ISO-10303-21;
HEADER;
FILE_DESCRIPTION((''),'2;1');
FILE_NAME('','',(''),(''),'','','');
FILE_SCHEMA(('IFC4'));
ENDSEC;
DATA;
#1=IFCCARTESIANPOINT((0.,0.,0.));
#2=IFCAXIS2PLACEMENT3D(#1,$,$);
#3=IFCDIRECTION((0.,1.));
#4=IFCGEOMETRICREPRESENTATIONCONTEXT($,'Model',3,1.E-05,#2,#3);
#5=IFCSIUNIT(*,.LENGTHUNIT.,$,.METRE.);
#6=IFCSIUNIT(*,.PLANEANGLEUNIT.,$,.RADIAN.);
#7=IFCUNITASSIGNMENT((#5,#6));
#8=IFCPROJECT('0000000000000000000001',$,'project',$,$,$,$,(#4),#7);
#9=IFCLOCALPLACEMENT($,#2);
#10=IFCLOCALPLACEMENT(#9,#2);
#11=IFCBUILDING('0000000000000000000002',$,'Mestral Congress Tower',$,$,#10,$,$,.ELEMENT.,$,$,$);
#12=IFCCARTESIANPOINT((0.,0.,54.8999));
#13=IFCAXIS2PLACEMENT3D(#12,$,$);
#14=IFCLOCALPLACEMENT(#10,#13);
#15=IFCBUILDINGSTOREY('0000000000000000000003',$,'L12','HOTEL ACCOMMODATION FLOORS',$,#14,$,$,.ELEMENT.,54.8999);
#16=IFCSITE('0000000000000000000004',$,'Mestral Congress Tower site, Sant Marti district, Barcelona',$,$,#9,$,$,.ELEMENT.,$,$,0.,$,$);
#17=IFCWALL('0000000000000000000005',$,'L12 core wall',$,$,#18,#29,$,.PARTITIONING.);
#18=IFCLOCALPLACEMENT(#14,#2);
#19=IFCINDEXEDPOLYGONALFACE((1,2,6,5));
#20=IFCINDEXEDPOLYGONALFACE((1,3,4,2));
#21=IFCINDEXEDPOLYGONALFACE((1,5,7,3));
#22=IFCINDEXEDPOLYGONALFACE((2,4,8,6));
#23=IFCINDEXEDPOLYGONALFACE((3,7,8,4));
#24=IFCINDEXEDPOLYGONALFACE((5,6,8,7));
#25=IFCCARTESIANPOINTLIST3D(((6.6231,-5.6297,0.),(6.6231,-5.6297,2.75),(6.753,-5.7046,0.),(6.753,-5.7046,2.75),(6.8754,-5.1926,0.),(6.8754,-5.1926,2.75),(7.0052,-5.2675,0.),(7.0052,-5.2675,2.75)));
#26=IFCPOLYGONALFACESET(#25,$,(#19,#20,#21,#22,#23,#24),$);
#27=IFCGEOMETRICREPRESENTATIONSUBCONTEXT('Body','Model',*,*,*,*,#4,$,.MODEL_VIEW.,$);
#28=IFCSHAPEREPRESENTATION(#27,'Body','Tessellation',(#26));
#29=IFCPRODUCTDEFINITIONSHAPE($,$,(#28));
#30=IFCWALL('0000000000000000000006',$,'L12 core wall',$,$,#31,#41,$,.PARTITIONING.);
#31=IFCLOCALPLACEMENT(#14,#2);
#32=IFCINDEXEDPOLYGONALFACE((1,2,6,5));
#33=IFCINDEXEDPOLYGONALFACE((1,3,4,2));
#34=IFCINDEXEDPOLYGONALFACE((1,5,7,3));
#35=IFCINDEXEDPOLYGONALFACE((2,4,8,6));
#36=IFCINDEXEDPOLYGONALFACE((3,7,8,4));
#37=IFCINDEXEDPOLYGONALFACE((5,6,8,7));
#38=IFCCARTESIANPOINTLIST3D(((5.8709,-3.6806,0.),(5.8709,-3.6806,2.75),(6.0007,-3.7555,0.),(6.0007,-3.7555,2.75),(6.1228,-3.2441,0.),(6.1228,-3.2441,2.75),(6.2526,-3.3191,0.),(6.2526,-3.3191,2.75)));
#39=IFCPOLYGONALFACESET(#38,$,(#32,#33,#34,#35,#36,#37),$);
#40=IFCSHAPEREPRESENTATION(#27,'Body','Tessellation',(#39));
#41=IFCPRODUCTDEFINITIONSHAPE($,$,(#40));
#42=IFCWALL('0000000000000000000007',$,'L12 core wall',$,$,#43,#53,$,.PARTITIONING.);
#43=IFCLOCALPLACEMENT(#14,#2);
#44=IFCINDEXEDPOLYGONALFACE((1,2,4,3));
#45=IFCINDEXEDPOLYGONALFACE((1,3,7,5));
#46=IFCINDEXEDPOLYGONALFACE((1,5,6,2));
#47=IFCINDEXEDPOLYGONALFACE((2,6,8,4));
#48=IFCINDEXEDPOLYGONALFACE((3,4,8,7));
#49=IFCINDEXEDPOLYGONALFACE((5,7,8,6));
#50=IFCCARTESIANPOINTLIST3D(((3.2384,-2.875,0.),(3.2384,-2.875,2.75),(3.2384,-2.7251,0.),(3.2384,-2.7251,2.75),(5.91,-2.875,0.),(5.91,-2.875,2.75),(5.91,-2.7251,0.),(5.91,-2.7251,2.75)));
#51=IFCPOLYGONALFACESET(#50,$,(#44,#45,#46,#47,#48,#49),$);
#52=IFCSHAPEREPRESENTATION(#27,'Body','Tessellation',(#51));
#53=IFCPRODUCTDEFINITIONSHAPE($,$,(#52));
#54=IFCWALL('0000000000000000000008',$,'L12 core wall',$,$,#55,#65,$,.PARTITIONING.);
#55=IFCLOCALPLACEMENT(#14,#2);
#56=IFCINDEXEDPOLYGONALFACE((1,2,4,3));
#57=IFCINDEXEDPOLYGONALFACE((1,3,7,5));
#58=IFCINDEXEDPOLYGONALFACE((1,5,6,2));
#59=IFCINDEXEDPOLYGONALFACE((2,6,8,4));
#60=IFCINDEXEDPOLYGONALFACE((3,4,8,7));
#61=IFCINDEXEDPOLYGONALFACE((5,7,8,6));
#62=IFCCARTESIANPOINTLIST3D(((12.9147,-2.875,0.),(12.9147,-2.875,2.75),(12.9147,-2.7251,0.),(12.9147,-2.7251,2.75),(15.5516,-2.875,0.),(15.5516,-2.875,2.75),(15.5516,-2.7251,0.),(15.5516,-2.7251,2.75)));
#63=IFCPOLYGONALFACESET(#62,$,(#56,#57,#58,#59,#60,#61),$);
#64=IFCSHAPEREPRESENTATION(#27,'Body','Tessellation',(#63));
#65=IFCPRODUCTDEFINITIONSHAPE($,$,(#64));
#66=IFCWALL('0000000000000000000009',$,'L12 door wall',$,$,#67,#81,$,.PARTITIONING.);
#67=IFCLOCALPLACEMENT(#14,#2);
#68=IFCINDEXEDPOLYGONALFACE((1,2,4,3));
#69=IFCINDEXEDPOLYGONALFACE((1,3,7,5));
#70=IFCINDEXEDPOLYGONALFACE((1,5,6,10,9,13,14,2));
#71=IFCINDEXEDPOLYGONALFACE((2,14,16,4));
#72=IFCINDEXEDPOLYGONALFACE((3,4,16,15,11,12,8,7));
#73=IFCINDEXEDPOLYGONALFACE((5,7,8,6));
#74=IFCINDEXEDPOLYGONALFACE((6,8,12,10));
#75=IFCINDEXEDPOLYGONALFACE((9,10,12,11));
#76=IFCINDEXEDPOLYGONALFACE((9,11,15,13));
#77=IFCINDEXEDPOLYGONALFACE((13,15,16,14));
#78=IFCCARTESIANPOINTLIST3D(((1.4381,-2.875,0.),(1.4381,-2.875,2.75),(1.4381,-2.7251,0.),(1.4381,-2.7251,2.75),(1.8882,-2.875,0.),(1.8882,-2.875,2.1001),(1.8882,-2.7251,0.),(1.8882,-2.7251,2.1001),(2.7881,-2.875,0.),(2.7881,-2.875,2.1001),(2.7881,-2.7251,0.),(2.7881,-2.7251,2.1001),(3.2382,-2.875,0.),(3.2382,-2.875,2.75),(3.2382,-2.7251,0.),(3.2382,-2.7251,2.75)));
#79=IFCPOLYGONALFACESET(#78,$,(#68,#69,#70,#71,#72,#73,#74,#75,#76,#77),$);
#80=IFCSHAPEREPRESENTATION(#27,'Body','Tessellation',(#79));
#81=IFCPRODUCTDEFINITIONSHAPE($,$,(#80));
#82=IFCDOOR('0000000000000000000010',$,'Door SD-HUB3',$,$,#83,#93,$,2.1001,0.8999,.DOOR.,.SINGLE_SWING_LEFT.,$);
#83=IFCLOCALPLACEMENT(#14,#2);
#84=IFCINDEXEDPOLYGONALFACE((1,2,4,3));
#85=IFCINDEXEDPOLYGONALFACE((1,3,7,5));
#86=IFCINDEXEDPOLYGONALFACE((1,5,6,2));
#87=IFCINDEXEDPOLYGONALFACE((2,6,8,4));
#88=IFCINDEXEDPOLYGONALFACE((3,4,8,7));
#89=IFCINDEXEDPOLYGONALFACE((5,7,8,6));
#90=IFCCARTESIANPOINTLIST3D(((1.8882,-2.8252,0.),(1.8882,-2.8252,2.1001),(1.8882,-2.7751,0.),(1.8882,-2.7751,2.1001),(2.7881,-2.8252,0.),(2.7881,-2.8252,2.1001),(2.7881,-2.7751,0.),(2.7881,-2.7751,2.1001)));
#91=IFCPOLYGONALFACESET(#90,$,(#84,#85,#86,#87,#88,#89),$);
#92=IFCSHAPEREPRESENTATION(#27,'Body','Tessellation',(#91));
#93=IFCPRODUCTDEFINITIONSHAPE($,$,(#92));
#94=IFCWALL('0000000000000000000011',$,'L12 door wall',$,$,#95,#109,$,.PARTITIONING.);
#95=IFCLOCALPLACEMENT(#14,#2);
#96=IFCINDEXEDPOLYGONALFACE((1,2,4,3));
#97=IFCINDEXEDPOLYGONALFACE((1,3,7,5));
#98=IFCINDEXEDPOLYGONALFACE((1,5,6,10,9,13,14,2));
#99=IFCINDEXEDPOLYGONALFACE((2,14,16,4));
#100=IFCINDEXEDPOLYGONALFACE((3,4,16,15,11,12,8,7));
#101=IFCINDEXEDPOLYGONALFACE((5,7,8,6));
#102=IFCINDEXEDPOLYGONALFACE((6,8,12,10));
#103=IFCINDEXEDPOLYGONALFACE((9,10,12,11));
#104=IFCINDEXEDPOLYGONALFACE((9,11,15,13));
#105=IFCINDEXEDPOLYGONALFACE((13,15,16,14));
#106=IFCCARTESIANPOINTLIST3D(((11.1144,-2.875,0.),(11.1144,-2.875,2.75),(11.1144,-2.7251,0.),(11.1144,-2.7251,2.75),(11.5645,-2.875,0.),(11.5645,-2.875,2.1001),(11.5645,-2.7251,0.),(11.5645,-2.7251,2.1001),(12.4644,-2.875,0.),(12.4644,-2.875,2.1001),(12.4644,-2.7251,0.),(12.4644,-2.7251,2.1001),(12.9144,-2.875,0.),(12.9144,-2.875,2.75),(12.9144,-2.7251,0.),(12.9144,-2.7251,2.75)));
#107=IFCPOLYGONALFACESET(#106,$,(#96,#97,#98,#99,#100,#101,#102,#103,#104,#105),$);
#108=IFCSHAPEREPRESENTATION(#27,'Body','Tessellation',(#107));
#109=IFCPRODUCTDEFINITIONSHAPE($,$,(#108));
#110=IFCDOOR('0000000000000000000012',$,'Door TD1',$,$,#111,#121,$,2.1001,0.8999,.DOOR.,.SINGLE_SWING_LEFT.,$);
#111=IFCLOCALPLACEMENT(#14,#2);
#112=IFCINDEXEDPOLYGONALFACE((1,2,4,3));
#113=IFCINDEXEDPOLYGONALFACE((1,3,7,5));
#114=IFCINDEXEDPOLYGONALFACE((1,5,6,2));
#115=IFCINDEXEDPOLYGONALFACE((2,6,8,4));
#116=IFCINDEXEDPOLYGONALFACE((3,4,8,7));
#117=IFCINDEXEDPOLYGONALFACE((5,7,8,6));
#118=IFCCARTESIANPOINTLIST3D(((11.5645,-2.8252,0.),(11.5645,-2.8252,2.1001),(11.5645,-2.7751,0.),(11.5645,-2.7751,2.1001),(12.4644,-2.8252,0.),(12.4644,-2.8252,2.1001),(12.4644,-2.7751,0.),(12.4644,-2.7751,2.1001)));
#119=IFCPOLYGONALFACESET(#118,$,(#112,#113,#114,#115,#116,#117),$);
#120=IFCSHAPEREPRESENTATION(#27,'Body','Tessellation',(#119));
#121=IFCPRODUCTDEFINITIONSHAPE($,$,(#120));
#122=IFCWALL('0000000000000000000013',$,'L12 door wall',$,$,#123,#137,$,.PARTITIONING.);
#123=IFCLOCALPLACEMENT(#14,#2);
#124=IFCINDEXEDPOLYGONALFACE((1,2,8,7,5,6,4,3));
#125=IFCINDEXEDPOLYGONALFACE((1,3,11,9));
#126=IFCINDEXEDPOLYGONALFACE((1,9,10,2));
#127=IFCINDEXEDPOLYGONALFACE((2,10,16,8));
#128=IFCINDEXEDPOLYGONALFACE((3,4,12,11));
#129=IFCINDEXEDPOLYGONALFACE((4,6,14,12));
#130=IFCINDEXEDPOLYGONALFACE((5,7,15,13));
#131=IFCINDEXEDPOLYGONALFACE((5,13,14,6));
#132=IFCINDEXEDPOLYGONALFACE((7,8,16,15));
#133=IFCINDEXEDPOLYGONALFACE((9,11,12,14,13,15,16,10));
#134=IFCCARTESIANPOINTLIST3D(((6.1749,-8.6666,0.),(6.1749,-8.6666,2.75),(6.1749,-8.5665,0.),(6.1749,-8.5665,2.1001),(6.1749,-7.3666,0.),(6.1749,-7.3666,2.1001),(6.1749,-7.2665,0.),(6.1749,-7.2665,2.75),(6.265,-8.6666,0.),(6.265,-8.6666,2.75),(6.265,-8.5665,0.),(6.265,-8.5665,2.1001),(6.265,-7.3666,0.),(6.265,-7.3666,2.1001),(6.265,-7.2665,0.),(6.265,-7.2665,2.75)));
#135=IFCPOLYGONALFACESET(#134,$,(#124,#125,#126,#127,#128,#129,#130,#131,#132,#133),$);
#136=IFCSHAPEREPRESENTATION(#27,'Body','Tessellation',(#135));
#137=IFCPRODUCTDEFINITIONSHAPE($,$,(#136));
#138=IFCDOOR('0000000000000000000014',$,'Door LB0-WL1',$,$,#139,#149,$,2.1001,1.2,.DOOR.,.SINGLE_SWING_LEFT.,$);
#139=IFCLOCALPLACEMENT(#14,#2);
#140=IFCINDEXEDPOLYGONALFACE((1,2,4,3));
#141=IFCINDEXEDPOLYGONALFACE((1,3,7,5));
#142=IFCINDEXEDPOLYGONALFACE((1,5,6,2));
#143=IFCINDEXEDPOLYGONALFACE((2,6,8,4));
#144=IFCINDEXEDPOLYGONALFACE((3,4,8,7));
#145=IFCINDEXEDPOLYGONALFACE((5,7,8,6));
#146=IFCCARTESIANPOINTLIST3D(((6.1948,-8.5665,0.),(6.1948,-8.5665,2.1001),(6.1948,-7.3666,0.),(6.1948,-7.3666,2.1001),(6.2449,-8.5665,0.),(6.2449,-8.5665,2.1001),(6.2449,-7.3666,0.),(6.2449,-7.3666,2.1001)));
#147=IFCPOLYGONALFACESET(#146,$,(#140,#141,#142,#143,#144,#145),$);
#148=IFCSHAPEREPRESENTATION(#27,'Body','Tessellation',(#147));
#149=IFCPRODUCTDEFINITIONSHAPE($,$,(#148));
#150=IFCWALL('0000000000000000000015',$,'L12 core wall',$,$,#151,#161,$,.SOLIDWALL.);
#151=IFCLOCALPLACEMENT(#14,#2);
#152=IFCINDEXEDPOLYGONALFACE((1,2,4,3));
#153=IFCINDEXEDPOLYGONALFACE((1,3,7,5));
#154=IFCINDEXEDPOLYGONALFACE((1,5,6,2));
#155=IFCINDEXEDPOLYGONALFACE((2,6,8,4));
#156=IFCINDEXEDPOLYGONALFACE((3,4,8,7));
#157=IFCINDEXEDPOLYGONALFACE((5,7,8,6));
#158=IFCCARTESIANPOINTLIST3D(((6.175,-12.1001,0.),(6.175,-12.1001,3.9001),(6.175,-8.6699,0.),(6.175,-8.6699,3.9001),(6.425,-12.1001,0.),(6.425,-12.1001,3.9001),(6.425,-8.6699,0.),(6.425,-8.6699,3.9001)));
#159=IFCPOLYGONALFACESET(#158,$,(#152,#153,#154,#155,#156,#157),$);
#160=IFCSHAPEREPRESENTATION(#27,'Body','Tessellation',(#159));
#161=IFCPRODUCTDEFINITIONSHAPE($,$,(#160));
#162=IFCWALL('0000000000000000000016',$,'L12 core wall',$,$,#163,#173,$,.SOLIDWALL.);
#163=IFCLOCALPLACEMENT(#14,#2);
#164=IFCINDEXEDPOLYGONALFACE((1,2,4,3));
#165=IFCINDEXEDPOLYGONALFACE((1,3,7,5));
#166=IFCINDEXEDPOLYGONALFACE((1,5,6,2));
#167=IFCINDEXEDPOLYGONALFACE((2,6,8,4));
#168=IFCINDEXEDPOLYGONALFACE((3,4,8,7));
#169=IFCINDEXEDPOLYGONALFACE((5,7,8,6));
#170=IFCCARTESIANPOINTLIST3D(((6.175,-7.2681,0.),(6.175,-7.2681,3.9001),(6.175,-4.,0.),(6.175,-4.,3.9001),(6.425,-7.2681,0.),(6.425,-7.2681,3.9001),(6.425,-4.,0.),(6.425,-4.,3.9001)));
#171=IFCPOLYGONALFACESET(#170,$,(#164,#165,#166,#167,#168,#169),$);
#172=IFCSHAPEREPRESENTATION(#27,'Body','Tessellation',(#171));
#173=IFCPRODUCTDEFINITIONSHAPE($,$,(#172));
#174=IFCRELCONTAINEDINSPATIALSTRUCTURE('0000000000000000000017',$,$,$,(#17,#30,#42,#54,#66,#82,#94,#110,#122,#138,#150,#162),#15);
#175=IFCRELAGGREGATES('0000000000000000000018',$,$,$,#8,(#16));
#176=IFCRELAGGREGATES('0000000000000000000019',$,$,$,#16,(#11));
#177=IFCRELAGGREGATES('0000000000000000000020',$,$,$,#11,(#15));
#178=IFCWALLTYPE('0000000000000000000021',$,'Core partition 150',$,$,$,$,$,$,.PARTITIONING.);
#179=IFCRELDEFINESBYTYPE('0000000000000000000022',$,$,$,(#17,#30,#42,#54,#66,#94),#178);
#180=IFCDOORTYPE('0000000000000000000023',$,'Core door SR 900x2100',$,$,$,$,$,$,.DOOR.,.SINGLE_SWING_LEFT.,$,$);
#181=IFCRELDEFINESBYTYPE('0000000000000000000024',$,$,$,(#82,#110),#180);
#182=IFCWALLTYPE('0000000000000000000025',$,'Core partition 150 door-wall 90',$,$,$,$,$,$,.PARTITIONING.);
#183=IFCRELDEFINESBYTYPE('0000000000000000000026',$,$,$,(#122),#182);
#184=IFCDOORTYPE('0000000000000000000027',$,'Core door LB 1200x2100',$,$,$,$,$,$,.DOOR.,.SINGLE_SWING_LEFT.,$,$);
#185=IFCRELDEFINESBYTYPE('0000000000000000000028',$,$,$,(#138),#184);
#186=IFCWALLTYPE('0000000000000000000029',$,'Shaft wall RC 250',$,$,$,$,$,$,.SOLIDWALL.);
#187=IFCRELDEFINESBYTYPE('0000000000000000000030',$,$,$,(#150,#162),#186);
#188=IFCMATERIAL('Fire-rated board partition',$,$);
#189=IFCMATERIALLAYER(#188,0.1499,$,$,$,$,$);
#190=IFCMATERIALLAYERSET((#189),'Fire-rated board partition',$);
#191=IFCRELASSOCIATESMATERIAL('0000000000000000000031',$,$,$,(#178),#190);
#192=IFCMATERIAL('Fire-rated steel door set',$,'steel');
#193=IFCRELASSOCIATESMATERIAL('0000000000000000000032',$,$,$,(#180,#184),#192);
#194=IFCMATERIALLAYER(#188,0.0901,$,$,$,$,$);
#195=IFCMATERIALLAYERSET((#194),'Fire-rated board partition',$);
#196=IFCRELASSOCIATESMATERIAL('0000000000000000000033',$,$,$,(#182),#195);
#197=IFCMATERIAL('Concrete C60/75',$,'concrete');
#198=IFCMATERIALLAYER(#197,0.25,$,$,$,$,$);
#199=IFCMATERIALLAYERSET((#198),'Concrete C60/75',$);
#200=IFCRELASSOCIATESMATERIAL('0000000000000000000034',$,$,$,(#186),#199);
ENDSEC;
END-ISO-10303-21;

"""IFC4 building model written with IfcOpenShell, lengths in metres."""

from ifc_helpers import new_model, si_unit, direction, frame, frame_2d, origin, place, context, subcontext, project, spatial, rectangle, extrude, material, layer, layer_set, type_object, element, fill, save


model = new_model("IFC4")

# Units and contexts
model_context = context("Model", 3, precision=1e-05, world=origin(), true_north=direction((0.0, 1.0)))
body_context = subcontext(model_context, "Body", "Model", "MODEL_VIEW")
ifc_project = project(units=[si_unit("LENGTHUNIT", "METRE"), si_unit("PLANEANGLEUNIT", "RADIAN")], contexts=[model_context])

# Site, building, storey
site_placement = place(None, origin())
site = spatial("IfcSite", under=ifc_project, at=site_placement, Name="Mestral Congress Tower site, Sant Marti district, Barcelona", CompositionType="ELEMENT", RefElevation=0.0)
building_placement = place(site_placement, origin())
building = spatial("IfcBuilding", under=site, at=building_placement, Name="Mestral Congress Tower", CompositionType="ELEMENT")
storey_placement = place(building_placement, frame((0.0, 0.0, 54.8999)))
storey = spatial("IfcBuildingStorey", under=building, at=storey_placement, Name="L12", Description="HOTEL ACCOMMODATION FLOORS", CompositionType="ELEMENT", Elevation=54.8999)

# Walls
ifc_material_1 = material(Name="Fire-rated board partition")
ifc_layer_1 = layer(ifc_material_1, 0.1499)
ifc_layer_set_1 = layer_set([ifc_layer_1], Name="Fire-rated board partition")
wall_type_1 = type_object("IfcWallType", Name="Core partition 150", PredefinedType="PARTITIONING", material=ifc_layer_set_1)
wall_1_placement = place(storey_placement, frame((6.688, -5.6672, 0.0), z_axis=(0.0, 0.0, 1.0), x_axis=(0.499834, 0.866121, 0.0)))
element("IfcWall", 1, at=wall_1_placement, inside=storey, type_object=wall_type_1, Name="L12 core wall", PredefinedType="PARTITIONING", context=body_context, shape_type="SweptSolid", body=[
    extrude(rectangle(XDim=0.5046, YDim=0.1499, at=frame_2d((0.2524, 0.0))), origin(), (0.0, 0.0, 1.0), 2.75),
])
wall_2_placement = place(storey_placement, frame((5.9358, -3.718, 0.0), z_axis=(0.0, 0.0, 1.0), x_axis=(0.49989, 0.866089, 0.0)))
element("IfcWall", 2, at=wall_2_placement, inside=storey, type_object=wall_type_1, Name="L12 core wall", PredefinedType="PARTITIONING", context=body_context, shape_type="SweptSolid", body=[
    extrude(rectangle(XDim=0.5039, YDim=0.1499, at=frame_2d((0.252, 0.0))), origin(), (0.0, 0.0, 1.0), 2.75),
])
wall_3_placement = place(storey_placement, frame((3.2383, -2.8, 0.0), z_axis=(0.0, 0.0, 1.0), x_axis=(1.0, 0.0, 0.0)))
element("IfcWall", 3, at=wall_3_placement, inside=storey, type_object=wall_type_1, Name="L12 core wall", PredefinedType="PARTITIONING", context=body_context, shape_type="SweptSolid", body=[
    extrude(rectangle(XDim=2.6716, YDim=0.1499, at=frame_2d((1.3359, 0.0))), origin(), (0.0, 0.0, 1.0), 2.75),
])
wall_4_placement = place(storey_placement, frame((12.9148, -2.8, 0.0), z_axis=(0.0, 0.0, 1.0), x_axis=(1.0, 0.0, 0.0)))
element("IfcWall", 4, at=wall_4_placement, inside=storey, type_object=wall_type_1, Name="L12 core wall", PredefinedType="PARTITIONING", context=body_context, shape_type="SweptSolid", body=[
    extrude(rectangle(XDim=2.637, YDim=0.1499, at=frame_2d((1.3184, 0.0))), origin(), (0.0, 0.0, 1.0), 2.75),
])

# Walls, openings, doors
wall_5_placement = place(storey_placement, frame((1.4382, -2.8, 0.0), z_axis=(0.0, 0.0, 1.0), x_axis=(1.0, 0.0, 0.0)))
wall_5 = element("IfcWall", 5, at=wall_5_placement, inside=storey, type_object=wall_type_1, Name="L12 door wall", PredefinedType="PARTITIONING", context=body_context, shape_type="SweptSolid", body=[
    extrude(rectangle(XDim=1.8, YDim=0.1499, at=frame_2d((0.8999, 0.0))), origin(), (0.0, 0.0, 1.0), 2.75),
])
opening_1_placement = place(wall_5_placement, frame((0.45, 0.0, 0.0)))
opening_1 = element("IfcOpeningElement", 6, at=opening_1_placement, cuts=wall_5, PredefinedType="OPENING", context=body_context, shape_type="SweptSolid", body=[
    extrude(rectangle(XDim=0.8999, YDim=2.1001, at=frame_2d((0.45, 1.05))), frame((0.0, 0.085, 0.0), z_axis=(0.0, -1.0, 0.0), x_axis=(1.0, 0.0, 0.0)), (0.0, 0.0, 1.0), 0.1699),
])
ifc_material_2 = material(Name="Fire-rated steel door set", Category="steel")
door_type_1 = type_object("IfcDoorType", Name="Core door SR 900x2100", OperationType="SINGLE_SWING_LEFT", PredefinedType="DOOR", material=ifc_material_2)
door_1_placement = place(opening_1_placement, origin())
door_1 = element("IfcDoor", 7, at=door_1_placement, inside=storey, type_object=door_type_1, Name="Door SD-HUB3", OperationType="SINGLE_SWING_LEFT", OverallHeight=2.1001, OverallWidth=0.8999, PredefinedType="DOOR", context=body_context, shape_type="SweptSolid", body=[
    extrude(rectangle(XDim=0.8999, YDim=2.1001, at=frame_2d((0.45, 1.05))), frame((0.0, 0.0249, 0.0), z_axis=(0.0, -1.0, 0.0), x_axis=(1.0, 0.0, 0.0)), (0.0, 0.0, 1.0), 0.05),
])
fill(opening_1, door_1)
wall_6_placement = place(storey_placement, frame((11.1145, -2.8, 0.0), z_axis=(0.0, 0.0, 1.0), x_axis=(1.0, 0.0, 0.0)))
wall_6 = element("IfcWall", 8, at=wall_6_placement, inside=storey, type_object=wall_type_1, Name="L12 door wall", PredefinedType="PARTITIONING", context=body_context, shape_type="SweptSolid", body=[
    extrude(rectangle(XDim=1.8, YDim=0.1499, at=frame_2d((0.8999, 0.0))), origin(), (0.0, 0.0, 1.0), 2.75),
])
opening_2_placement = place(wall_6_placement, frame((0.45, 0.0, 0.0)))
opening_2 = element("IfcOpeningElement", 9, at=opening_2_placement, cuts=wall_6, PredefinedType="OPENING", context=body_context, shape_type="SweptSolid", body=[
    extrude(rectangle(XDim=0.8999, YDim=2.1001, at=frame_2d((0.45, 1.05))), frame((0.0, 0.085, 0.0), z_axis=(0.0, -1.0, 0.0), x_axis=(1.0, 0.0, 0.0)), (0.0, 0.0, 1.0), 0.1699),
])
door_2_placement = place(opening_2_placement, origin())
door_2 = element("IfcDoor", 10, at=door_2_placement, inside=storey, type_object=door_type_1, Name="Door TD1", OperationType="SINGLE_SWING_LEFT", OverallHeight=2.1001, OverallWidth=0.8999, PredefinedType="DOOR", context=body_context, shape_type="SweptSolid", body=[
    extrude(rectangle(XDim=0.8999, YDim=2.1001, at=frame_2d((0.45, 1.05))), frame((0.0, 0.0249, 0.0), z_axis=(0.0, -1.0, 0.0), x_axis=(1.0, 0.0, 0.0)), (0.0, 0.0, 1.0), 0.05),
])
fill(opening_2, door_2)
ifc_layer_2 = layer(ifc_material_1, 0.0901)
ifc_layer_set_2 = layer_set([ifc_layer_2], Name="Fire-rated board partition")
wall_type_2 = type_object("IfcWallType", Name="Core partition 150 door-wall 90", PredefinedType="PARTITIONING", material=ifc_layer_set_2)
wall_7_placement = place(storey_placement, frame((6.22, -7.2664, 0.0), z_axis=(0.0, 0.0, 1.0), x_axis=(0.0, -1.0, 0.0)))
wall_7 = element("IfcWall", 11, at=wall_7_placement, inside=storey, type_object=wall_type_2, Name="L12 door wall", PredefinedType="PARTITIONING", context=body_context, shape_type="SweptSolid", body=[
    extrude(rectangle(XDim=1.4001, YDim=0.0901, at=frame_2d((0.7002, 0.0))), origin(), (0.0, 0.0, 1.0), 2.75),
])
opening_3_placement = place(wall_7_placement, frame((0.1001, 0.0, 0.0)))
opening_3 = element("IfcOpeningElement", 12, at=opening_3_placement, cuts=wall_7, PredefinedType="OPENING", context=body_context, shape_type="SweptSolid", body=[
    extrude(rectangle(XDim=1.2, YDim=2.1001, at=frame_2d((0.6001, 1.05))), frame((0.0, 0.0549, 0.0), z_axis=(0.0, -1.0, 0.0), x_axis=(1.0, 0.0, 0.0)), (0.0, 0.0, 1.0), 0.1101),
])
door_type_2 = type_object("IfcDoorType", Name="Core door LB 1200x2100", OperationType="SINGLE_SWING_LEFT", PredefinedType="DOOR", material=ifc_material_2)
door_3_placement = place(opening_3_placement, origin())
door_3 = element("IfcDoor", 13, at=door_3_placement, inside=storey, type_object=door_type_2, Name="Door LB0-WL1", OperationType="SINGLE_SWING_LEFT", OverallHeight=2.1001, OverallWidth=1.2, PredefinedType="DOOR", context=body_context, shape_type="SweptSolid", body=[
    extrude(rectangle(XDim=1.2, YDim=2.1001, at=frame_2d((0.6001, 1.05))), frame((0.0, 0.0249, 0.0), z_axis=(0.0, -1.0, 0.0), x_axis=(1.0, 0.0, 0.0)), (0.0, 0.0, 1.0), 0.05),
])
fill(opening_3, door_3)

# Walls
ifc_material_3 = material(Name="Concrete C60/75", Category="concrete")
ifc_layer_3 = layer(ifc_material_3, 0.25)
ifc_layer_set_3 = layer_set([ifc_layer_3], Name="Concrete C60/75")
wall_type_3 = type_object("IfcWallType", Name="Shaft wall RC 250", PredefinedType="SOLIDWALL", material=ifc_layer_set_3)
wall_8_placement = place(storey_placement, frame((6.3, -8.6699, 0.0), z_axis=(0.0, 0.0, 1.0), x_axis=(0.0, -1.0, 0.0)))
element("IfcWall", 14, at=wall_8_placement, inside=storey, type_object=wall_type_3, Name="L12 core wall", PredefinedType="SOLIDWALL", context=body_context, shape_type="SweptSolid", body=[
    extrude(rectangle(XDim=3.4302, YDim=0.25, at=frame_2d((1.7151, 0.0))), origin(), (0.0, 0.0, 1.0), 3.9001),
])
wall_9_placement = place(storey_placement, frame((6.3, -7.2681, 0.0), z_axis=(0.0, 0.0, 1.0), x_axis=(0.0, 1.0, 0.0)))
element("IfcWall", 15, at=wall_9_placement, inside=storey, type_object=wall_type_3, Name="L12 core wall", PredefinedType="SOLIDWALL", context=body_context, shape_type="SweptSolid", body=[
    extrude(rectangle(XDim=3.2681, YDim=0.25, at=frame_2d((1.634, 0.0))), origin(), (0.0, 0.0, 1.0), 3.9001),
])

save(model, "model.ifc")
